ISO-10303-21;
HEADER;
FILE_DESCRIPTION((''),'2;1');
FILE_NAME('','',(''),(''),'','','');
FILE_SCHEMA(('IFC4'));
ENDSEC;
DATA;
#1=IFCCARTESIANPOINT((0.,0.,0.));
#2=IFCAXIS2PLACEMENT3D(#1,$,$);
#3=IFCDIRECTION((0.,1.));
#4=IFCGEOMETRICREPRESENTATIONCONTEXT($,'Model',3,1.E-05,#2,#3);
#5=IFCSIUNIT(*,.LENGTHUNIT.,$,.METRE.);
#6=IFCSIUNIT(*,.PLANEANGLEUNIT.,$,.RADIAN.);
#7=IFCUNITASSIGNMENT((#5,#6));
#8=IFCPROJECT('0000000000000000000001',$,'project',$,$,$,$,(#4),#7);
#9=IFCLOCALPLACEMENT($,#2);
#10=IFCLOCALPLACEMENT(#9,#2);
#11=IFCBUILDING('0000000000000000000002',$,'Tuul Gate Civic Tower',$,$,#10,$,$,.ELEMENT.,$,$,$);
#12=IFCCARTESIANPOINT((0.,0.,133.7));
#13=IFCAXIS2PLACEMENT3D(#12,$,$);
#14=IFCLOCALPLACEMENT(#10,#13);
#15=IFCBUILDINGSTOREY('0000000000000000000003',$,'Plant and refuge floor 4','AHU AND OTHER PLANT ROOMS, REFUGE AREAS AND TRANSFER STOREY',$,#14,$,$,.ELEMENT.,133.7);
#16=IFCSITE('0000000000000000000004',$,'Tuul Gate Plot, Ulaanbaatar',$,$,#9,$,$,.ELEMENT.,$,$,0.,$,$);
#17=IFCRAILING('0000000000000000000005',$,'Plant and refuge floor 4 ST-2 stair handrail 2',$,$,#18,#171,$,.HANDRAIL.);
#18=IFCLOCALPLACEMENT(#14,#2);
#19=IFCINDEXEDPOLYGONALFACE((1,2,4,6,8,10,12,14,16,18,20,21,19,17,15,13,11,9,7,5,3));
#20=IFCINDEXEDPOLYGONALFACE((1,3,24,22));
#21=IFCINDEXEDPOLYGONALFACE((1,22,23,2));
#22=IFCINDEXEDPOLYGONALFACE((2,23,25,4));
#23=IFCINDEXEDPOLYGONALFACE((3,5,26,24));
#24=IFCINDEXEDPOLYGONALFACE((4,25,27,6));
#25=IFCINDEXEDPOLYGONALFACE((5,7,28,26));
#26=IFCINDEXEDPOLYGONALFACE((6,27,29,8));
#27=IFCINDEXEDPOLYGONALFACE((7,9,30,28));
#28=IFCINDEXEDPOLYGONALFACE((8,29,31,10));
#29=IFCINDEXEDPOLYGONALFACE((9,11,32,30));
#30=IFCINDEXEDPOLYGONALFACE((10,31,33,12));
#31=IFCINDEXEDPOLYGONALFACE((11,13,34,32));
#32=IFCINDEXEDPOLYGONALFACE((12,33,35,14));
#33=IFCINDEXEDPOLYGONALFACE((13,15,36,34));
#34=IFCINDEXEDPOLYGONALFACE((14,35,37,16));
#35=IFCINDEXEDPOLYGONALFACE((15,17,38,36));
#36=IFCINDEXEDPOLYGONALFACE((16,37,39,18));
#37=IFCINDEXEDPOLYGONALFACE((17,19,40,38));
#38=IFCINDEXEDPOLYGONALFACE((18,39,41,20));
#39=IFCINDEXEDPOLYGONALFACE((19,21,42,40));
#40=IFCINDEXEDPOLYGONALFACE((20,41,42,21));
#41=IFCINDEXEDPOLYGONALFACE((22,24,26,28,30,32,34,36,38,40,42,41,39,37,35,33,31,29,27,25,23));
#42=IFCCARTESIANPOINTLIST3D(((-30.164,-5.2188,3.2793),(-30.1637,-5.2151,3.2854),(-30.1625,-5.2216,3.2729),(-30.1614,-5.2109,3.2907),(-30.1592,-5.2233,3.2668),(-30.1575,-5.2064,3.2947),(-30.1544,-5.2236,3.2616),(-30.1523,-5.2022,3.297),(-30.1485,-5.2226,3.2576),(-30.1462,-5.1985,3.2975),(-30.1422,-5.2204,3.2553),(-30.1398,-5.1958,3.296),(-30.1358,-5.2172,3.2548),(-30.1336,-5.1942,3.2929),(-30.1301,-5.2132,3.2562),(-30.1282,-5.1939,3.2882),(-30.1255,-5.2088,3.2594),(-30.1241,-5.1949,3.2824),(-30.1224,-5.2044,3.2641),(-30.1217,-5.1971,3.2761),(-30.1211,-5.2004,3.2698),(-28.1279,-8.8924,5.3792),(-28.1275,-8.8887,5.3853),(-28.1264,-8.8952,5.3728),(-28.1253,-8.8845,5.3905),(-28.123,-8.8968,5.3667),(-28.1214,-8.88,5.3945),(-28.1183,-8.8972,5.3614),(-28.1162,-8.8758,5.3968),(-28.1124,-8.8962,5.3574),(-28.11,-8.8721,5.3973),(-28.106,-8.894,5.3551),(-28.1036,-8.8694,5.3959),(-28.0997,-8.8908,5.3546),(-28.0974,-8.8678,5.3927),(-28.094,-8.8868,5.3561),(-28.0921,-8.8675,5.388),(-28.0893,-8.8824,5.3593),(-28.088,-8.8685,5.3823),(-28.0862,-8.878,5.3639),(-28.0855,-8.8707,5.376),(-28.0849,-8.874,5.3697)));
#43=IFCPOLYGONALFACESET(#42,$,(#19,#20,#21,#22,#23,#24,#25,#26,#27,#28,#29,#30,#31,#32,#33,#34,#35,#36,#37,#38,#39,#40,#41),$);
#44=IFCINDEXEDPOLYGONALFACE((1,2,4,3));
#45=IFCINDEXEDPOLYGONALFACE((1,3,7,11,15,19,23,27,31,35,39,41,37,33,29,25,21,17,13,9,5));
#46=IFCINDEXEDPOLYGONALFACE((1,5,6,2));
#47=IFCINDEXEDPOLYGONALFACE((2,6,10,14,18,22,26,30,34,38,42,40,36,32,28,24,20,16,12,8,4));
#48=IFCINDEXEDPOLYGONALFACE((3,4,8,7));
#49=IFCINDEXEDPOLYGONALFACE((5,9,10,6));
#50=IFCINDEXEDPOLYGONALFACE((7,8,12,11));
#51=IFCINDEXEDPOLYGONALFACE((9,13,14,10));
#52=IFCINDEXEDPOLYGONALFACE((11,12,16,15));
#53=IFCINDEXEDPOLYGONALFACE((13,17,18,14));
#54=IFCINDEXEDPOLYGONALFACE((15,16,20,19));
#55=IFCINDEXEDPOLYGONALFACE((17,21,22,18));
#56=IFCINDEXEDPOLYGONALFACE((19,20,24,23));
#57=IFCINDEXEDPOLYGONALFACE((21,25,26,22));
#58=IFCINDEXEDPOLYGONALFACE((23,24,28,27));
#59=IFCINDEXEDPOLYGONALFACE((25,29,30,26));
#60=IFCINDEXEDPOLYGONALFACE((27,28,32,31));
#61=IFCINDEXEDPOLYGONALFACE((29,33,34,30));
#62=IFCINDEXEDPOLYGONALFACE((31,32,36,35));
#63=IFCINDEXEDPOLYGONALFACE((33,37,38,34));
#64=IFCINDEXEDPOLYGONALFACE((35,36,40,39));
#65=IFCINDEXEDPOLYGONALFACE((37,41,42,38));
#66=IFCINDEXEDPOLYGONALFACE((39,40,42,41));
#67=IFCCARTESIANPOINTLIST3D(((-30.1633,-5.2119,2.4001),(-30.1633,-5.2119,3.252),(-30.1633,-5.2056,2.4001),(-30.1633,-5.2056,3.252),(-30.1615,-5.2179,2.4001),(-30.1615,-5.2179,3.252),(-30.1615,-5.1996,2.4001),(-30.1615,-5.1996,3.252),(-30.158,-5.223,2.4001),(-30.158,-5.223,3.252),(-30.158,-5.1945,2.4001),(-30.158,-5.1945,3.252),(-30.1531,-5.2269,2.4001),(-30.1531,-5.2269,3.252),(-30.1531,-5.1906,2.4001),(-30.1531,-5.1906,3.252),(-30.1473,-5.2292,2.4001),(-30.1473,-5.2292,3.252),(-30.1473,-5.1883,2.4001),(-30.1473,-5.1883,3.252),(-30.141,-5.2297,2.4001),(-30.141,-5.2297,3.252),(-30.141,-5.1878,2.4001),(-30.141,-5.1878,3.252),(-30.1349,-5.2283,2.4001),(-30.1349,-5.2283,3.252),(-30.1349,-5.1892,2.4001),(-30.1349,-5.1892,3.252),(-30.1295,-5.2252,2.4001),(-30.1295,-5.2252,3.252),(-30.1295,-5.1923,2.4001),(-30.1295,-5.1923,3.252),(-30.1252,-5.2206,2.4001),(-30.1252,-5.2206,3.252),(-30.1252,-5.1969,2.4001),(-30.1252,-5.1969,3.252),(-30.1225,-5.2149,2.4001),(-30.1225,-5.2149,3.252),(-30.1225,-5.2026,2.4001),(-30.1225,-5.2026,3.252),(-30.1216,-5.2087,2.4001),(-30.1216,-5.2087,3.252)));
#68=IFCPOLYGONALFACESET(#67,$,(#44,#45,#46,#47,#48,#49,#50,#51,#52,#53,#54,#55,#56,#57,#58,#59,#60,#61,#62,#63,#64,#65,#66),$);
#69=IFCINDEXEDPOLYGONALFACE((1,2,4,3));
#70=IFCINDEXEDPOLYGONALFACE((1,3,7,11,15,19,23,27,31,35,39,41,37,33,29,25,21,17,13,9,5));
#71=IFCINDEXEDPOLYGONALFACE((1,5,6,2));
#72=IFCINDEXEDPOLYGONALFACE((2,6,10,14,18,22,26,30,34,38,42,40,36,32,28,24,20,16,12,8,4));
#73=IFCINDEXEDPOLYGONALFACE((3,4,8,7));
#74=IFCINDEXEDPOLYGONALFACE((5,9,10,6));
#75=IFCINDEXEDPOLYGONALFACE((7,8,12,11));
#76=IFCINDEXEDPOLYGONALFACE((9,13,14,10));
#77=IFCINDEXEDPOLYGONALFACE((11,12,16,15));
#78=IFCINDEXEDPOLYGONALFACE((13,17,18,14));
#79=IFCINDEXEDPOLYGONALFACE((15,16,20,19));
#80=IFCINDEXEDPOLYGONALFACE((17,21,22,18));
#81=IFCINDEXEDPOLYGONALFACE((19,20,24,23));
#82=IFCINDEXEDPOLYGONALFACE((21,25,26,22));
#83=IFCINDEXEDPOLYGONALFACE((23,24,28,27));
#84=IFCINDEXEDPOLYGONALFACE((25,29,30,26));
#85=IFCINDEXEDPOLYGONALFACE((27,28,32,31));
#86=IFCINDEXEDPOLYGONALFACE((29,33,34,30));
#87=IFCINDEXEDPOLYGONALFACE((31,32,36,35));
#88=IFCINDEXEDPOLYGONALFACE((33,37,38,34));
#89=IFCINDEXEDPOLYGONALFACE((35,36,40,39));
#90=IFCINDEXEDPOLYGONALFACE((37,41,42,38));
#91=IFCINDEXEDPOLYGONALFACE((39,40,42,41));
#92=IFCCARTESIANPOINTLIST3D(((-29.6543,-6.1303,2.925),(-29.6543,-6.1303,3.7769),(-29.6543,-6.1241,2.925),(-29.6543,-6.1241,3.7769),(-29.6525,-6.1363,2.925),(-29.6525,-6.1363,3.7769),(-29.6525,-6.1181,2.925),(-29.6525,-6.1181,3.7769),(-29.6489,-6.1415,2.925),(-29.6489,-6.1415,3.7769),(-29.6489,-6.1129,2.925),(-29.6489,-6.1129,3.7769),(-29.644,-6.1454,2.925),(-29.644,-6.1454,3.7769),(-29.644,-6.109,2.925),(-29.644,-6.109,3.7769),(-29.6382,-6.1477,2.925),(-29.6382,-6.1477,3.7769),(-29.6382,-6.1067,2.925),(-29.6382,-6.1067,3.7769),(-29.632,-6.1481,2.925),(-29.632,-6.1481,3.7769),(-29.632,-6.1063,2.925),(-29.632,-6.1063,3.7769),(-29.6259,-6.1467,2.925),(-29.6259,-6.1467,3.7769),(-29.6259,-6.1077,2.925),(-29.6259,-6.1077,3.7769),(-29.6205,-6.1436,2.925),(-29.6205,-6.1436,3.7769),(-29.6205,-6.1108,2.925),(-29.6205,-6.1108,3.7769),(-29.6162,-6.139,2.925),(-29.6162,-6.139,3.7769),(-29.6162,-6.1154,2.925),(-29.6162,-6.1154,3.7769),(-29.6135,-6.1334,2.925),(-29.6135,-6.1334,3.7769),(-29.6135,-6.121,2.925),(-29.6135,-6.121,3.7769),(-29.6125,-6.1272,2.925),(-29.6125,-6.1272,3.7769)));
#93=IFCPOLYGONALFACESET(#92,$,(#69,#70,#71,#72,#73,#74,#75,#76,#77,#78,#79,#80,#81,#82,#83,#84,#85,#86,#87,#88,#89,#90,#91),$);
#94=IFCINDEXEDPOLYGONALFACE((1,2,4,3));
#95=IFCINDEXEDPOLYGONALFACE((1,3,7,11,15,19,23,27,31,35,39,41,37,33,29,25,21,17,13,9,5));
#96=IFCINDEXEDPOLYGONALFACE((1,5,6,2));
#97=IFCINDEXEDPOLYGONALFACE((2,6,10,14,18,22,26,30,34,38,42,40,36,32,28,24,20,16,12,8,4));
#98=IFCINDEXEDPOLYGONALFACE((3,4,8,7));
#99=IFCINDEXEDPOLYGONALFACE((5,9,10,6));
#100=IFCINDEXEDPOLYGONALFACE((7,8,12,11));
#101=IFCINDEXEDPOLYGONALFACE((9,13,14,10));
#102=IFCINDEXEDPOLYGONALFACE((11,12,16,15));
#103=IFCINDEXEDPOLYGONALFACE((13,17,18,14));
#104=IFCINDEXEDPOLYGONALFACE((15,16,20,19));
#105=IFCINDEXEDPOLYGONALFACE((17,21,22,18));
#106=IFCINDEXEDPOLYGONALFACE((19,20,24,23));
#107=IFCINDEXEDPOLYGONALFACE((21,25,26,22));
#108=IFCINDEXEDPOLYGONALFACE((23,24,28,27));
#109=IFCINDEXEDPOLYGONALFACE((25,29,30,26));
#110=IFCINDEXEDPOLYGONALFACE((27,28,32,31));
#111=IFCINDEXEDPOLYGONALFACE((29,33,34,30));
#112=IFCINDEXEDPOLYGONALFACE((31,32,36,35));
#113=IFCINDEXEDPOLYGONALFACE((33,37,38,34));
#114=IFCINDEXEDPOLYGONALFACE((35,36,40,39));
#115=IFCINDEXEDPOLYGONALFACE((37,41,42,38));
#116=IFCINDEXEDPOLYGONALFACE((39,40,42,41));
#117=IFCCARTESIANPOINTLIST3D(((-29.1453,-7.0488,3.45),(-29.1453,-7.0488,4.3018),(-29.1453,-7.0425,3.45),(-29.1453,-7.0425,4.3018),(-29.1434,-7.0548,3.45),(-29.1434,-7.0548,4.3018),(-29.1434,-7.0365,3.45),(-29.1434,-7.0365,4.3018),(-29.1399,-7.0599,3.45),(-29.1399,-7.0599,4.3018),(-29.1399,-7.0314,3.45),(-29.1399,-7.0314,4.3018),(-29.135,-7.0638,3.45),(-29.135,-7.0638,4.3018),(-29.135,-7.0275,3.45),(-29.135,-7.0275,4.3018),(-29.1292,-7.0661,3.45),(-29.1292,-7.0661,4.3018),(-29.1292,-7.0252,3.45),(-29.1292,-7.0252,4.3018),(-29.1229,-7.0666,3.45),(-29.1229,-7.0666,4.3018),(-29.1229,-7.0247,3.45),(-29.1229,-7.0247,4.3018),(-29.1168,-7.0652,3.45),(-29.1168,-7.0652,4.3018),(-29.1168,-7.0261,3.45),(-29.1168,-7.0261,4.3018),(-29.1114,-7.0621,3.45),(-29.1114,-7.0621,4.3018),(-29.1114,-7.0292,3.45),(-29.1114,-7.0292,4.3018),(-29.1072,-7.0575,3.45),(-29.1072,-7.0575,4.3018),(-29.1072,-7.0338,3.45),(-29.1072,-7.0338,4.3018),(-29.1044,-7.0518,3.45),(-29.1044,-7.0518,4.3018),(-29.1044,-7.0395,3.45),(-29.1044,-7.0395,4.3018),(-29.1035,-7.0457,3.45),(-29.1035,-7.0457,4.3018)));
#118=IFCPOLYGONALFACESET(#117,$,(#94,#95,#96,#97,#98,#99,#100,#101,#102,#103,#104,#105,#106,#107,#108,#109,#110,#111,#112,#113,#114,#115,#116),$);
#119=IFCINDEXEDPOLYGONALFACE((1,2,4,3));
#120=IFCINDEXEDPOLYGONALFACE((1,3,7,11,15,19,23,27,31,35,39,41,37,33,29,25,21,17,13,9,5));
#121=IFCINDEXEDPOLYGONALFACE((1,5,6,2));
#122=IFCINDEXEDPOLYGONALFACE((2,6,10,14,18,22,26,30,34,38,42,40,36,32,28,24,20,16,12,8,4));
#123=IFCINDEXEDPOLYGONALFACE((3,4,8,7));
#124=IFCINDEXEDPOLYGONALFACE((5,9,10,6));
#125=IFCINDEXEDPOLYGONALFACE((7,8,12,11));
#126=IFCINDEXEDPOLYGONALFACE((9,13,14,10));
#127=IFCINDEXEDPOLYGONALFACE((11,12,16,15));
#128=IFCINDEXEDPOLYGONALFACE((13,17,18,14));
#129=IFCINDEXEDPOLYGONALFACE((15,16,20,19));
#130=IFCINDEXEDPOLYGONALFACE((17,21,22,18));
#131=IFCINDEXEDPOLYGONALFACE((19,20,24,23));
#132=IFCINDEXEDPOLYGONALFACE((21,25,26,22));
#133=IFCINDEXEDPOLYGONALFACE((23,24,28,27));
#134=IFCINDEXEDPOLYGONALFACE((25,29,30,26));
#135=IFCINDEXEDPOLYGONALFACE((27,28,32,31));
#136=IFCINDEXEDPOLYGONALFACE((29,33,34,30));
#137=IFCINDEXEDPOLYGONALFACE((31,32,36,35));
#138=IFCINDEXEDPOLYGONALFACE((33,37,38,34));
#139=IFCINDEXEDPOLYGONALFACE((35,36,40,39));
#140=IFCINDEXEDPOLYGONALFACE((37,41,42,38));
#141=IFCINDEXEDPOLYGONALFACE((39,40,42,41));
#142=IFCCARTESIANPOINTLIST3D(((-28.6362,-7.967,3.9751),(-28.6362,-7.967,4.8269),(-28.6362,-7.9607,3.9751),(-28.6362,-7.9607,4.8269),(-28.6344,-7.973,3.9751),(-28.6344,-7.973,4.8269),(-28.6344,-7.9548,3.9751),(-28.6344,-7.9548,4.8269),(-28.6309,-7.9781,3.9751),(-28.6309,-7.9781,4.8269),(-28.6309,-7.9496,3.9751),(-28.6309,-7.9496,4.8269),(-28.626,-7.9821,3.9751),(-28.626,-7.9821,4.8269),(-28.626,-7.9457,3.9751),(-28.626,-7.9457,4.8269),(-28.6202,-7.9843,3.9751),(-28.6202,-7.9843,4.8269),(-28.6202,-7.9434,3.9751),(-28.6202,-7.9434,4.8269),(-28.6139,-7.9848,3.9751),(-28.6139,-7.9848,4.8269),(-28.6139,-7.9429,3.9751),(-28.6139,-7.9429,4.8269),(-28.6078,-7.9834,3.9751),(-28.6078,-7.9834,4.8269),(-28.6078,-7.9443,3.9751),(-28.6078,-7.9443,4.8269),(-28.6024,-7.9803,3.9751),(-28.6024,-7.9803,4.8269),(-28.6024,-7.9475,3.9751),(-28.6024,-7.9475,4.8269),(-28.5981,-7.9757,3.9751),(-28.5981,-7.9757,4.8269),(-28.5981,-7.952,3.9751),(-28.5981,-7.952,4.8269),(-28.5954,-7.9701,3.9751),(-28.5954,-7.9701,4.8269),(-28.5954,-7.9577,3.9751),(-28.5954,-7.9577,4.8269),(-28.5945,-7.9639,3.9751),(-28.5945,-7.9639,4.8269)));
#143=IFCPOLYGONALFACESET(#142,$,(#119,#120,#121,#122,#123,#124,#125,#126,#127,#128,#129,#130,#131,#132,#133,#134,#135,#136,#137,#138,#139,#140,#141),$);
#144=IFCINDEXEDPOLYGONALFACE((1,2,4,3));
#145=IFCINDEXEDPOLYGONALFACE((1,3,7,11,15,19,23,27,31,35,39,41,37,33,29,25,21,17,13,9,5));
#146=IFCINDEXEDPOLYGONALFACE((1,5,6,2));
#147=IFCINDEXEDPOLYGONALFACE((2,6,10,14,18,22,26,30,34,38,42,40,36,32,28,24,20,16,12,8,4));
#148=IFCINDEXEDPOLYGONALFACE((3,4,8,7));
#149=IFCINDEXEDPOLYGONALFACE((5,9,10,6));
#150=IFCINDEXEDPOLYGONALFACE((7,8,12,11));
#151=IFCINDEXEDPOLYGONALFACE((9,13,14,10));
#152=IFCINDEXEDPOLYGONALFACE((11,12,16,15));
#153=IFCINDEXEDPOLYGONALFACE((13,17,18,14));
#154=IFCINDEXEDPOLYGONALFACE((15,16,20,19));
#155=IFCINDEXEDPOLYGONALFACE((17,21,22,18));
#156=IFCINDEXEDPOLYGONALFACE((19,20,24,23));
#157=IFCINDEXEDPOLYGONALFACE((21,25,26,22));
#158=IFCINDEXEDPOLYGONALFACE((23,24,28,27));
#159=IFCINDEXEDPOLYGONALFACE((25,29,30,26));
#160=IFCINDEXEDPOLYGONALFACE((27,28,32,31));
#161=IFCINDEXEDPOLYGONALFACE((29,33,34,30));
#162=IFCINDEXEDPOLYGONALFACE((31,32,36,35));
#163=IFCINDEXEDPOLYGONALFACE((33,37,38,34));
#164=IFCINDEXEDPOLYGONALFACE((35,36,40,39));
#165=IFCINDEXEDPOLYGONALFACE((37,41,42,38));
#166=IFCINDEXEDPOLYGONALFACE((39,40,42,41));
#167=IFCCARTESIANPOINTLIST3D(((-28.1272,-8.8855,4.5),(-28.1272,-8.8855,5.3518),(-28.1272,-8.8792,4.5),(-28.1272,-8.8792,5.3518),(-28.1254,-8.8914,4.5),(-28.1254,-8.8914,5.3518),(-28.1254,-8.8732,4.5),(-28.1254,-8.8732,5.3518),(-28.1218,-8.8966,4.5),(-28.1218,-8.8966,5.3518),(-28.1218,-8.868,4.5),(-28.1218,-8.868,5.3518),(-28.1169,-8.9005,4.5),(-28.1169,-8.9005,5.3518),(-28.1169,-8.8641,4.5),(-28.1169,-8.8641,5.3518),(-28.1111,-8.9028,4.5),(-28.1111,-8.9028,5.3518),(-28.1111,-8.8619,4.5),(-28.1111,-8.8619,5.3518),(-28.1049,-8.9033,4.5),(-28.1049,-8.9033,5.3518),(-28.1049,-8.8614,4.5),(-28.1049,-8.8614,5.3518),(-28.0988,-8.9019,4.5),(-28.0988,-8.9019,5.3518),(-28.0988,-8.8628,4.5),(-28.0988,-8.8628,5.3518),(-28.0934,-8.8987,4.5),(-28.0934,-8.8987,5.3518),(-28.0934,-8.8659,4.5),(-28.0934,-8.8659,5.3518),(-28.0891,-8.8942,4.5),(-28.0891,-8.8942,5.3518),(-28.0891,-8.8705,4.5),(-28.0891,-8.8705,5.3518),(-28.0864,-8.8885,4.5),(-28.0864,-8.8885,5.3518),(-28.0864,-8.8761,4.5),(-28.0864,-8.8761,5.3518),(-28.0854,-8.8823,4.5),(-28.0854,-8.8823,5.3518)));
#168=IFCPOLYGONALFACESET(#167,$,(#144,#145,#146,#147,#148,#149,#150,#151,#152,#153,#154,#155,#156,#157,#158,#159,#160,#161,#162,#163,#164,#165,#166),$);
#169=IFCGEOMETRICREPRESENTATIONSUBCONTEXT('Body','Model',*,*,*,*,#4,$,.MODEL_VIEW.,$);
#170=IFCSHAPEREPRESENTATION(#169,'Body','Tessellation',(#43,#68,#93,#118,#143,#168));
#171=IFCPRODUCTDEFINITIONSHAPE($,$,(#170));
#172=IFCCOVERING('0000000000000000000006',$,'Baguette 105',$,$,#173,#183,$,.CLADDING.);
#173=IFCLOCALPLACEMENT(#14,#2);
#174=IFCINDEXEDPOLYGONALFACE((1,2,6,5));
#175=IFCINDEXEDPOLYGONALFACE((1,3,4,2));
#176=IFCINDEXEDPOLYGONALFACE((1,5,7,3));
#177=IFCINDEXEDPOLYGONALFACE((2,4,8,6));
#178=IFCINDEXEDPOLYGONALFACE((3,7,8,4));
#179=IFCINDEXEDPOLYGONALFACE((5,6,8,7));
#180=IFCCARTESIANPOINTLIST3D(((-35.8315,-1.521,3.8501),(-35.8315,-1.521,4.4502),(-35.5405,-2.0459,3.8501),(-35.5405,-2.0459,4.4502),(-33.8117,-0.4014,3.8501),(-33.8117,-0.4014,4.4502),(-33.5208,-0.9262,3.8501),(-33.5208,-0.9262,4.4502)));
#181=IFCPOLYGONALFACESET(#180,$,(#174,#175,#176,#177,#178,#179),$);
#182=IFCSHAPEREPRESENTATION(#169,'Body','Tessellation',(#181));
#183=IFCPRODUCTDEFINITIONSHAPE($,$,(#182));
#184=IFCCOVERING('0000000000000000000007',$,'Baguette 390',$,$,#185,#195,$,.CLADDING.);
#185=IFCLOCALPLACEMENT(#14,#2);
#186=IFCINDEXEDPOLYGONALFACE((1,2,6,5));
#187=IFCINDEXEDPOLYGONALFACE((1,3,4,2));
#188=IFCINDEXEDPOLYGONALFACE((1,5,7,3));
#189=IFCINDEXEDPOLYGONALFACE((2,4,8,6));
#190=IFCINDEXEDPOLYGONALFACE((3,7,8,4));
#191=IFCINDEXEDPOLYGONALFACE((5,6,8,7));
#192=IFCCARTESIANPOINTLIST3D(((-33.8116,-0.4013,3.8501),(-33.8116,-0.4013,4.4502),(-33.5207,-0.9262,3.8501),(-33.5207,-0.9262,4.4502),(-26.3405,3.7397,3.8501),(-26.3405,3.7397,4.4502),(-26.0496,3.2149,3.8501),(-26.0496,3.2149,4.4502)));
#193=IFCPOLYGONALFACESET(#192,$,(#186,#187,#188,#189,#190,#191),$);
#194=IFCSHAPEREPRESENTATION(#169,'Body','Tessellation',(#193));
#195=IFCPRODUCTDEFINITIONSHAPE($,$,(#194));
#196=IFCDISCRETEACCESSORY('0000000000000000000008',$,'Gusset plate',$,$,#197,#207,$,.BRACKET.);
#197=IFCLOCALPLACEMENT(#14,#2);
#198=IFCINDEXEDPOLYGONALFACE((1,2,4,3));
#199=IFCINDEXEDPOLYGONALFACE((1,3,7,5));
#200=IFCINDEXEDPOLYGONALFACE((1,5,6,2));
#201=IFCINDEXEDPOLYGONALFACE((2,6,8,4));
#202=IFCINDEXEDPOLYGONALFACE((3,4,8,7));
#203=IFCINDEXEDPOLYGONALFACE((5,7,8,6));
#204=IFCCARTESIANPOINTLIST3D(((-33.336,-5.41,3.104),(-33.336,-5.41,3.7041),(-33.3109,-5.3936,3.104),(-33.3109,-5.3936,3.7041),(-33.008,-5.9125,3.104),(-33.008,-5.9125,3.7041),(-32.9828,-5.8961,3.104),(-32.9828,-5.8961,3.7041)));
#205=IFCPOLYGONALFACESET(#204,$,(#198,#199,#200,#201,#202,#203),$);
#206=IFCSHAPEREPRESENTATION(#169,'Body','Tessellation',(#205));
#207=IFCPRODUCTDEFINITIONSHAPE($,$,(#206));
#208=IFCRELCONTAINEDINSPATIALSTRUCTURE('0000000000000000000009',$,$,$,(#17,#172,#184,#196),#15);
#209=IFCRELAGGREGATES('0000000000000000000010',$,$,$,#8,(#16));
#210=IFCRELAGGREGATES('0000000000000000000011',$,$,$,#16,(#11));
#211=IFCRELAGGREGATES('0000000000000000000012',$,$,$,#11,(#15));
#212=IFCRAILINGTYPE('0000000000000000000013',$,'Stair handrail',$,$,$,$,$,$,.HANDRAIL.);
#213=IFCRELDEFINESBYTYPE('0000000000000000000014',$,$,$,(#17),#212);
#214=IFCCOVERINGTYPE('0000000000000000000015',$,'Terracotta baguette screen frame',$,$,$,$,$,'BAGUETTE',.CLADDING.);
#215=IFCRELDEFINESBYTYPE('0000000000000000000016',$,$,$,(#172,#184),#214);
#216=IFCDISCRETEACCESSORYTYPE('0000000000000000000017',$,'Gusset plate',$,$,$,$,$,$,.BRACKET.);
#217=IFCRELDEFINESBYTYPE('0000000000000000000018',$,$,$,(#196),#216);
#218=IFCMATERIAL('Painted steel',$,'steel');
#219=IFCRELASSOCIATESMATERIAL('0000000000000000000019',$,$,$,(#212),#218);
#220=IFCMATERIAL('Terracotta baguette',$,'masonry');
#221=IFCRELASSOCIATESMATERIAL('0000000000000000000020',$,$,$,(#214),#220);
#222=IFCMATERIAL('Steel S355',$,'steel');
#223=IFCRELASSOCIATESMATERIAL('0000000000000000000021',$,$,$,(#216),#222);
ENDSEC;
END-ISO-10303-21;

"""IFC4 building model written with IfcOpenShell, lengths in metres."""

from ifc_helpers import new_model, si_unit, direction, frame, origin, origin_2d, place, context, subcontext, project, spatial, rectangle, circle, extrude, material, material_profile, profile_set, type_object, element, save


model = new_model("IFC4")

# Units and contexts
model_context = context("Model", 3, precision=1e-05, world=origin(), true_north=direction((0.0, 1.0)))
body_context = subcontext(model_context, "Body", "Model", "MODEL_VIEW")
ifc_project = project(units=[si_unit("LENGTHUNIT", "METRE"), si_unit("PLANEANGLEUNIT", "RADIAN")], contexts=[model_context])

# Site, building, storey
site_placement = place(None, origin())
site = spatial("IfcSite", under=ifc_project, at=site_placement, Name="Tuul Gate Plot, Ulaanbaatar", CompositionType="ELEMENT", RefElevation=0.0)
building_placement = place(site_placement, origin())
building = spatial("IfcBuilding", under=site, at=building_placement, Name="Tuul Gate Civic Tower", CompositionType="ELEMENT")
storey_placement = place(building_placement, frame((0.0, 0.0, 133.7)))
storey = spatial("IfcBuildingStorey", under=building, at=storey_placement, Name="Plant and refuge floor 4", Description="AHU AND OTHER PLANT ROOMS, REFUGE AREAS AND TRANSFER STOREY", CompositionType="ELEMENT", Elevation=133.7)

# Railing
ifc_material_1 = material(Name="Painted steel", Category="steel")
railing_type_1 = type_object("IfcRailingType", Name="Stair handrail", PredefinedType="HANDRAIL", material=ifc_material_1)
railing_1_placement = place(storey_placement, frame((-30.1426, -5.2087, 2.4001)))
element("IfcRailing", 1, at=railing_1_placement, inside=storey, type_object=railing_type_1, Name="Plant and refuge floor 4 ST-2 stair handrail 2", PredefinedType="HANDRAIL", context=body_context, shape_type="SweptSolid", body=[
    extrude(circle(Radius=0.0239, at=origin_2d()), frame((0.0, 0.0, 0.876), z_axis=(0.433608, -0.782314, 0.447178), x_axis=(0.874637, 0.484779, 0.0)), (0.0, 0.0, 1.0), 4.6958),
    extrude(circle(Radius=0.021, at=origin_2d()), origin(), (0.0, 0.0, 1.0), 0.8518),
    extrude(circle(Radius=0.021, at=origin_2d()), frame((0.509, -0.9185, 0.5249)), (0.0, 0.0, 1.0), 0.8518),
    extrude(circle(Radius=0.021, at=origin_2d()), frame((1.0181, -1.8369, 1.0498)), (0.0, 0.0, 1.0), 0.8518),
    extrude(circle(Radius=0.021, at=origin_2d()), frame((1.5271, -2.7551, 1.575)), (0.0, 0.0, 1.0), 0.8518),
    extrude(circle(Radius=0.021, at=origin_2d()), frame((2.0361, -3.6736, 2.0999)), (0.0, 0.0, 1.0), 0.8518),
])

# Coverings
ifc_material_2 = material(Name="Terracotta baguette", Category="masonry")
ifc_material_profile_1 = material_profile(ifc_material_2, rectangle(XDim=0.6001, YDim=0.6001, at=origin_2d()), Name="Terracotta baguette screen frame")
ifc_profile_set_1 = profile_set([ifc_material_profile_1], Name="Terracotta baguette")
covering_type = type_object("IfcCoveringType", Name="Terracotta baguette screen frame", ElementType="BAGUETTE", PredefinedType="CLADDING", material=ifc_profile_set_1)
covering_1_placement = place(storey_placement, frame((-33.6663, -0.6638, 4.1501), z_axis=(-0.874611, -0.484826, 0.0), x_axis=(0.484826, -0.874611, 0.0)))
element("IfcCovering", 2, at=covering_1_placement, inside=storey, type_object=covering_type, Name="Baguette 105", PredefinedType="CLADDING", context=body_context, shape_type="SweptSolid", body=[
    extrude(rectangle(XDim=0.6001, YDim=0.6001, at=origin_2d()), origin(), (0.0, 0.0, 1.0), 2.3093),
])
covering_2_placement = place(storey_placement, frame((-26.1951, 3.4773, 4.1501), z_axis=(-0.874631, -0.484789, 0.0), x_axis=(0.484789, -0.874631, 0.0)))
element("IfcCovering", 3, at=covering_2_placement, inside=storey, type_object=covering_type, Name="Baguette 390", PredefinedType="CLADDING", context=body_context, shape_type="SweptSolid", body=[
    extrude(rectangle(XDim=0.6001, YDim=0.6001, at=origin_2d()), origin(), (0.0, 0.0, 1.0), 8.542),
])

# Discrete accessory
ifc_material_3 = material(Name="Steel S355", Category="steel")
discrete_accessory_type_1 = type_object("IfcDiscreteAccessoryType", Name="Gusset plate", PredefinedType="BRACKET", material=ifc_material_3)
for number, where, z_axis, x_axis, name in (
    (4, (-33.1594, -5.6531, 3.104), (0.0, 0.0, 1.0), (-0.54671, 0.837322, 0.0), "Gusset plate"),
):
    element("IfcDiscreteAccessory", number, at=place(storey_placement, frame(where, z_axis=z_axis, x_axis=x_axis)), inside=storey, type_object=discrete_accessory_type_1, Name=name, PredefinedType="BRACKET", context=body_context, shape_type="SweptSolid", body=[
        extrude(rectangle(XDim=0.6001, YDim=0.03, at=origin_2d()), origin(), (0.0, 0.0, 1.0), 0.6001),
    ])

save(model, "model.ifc")
